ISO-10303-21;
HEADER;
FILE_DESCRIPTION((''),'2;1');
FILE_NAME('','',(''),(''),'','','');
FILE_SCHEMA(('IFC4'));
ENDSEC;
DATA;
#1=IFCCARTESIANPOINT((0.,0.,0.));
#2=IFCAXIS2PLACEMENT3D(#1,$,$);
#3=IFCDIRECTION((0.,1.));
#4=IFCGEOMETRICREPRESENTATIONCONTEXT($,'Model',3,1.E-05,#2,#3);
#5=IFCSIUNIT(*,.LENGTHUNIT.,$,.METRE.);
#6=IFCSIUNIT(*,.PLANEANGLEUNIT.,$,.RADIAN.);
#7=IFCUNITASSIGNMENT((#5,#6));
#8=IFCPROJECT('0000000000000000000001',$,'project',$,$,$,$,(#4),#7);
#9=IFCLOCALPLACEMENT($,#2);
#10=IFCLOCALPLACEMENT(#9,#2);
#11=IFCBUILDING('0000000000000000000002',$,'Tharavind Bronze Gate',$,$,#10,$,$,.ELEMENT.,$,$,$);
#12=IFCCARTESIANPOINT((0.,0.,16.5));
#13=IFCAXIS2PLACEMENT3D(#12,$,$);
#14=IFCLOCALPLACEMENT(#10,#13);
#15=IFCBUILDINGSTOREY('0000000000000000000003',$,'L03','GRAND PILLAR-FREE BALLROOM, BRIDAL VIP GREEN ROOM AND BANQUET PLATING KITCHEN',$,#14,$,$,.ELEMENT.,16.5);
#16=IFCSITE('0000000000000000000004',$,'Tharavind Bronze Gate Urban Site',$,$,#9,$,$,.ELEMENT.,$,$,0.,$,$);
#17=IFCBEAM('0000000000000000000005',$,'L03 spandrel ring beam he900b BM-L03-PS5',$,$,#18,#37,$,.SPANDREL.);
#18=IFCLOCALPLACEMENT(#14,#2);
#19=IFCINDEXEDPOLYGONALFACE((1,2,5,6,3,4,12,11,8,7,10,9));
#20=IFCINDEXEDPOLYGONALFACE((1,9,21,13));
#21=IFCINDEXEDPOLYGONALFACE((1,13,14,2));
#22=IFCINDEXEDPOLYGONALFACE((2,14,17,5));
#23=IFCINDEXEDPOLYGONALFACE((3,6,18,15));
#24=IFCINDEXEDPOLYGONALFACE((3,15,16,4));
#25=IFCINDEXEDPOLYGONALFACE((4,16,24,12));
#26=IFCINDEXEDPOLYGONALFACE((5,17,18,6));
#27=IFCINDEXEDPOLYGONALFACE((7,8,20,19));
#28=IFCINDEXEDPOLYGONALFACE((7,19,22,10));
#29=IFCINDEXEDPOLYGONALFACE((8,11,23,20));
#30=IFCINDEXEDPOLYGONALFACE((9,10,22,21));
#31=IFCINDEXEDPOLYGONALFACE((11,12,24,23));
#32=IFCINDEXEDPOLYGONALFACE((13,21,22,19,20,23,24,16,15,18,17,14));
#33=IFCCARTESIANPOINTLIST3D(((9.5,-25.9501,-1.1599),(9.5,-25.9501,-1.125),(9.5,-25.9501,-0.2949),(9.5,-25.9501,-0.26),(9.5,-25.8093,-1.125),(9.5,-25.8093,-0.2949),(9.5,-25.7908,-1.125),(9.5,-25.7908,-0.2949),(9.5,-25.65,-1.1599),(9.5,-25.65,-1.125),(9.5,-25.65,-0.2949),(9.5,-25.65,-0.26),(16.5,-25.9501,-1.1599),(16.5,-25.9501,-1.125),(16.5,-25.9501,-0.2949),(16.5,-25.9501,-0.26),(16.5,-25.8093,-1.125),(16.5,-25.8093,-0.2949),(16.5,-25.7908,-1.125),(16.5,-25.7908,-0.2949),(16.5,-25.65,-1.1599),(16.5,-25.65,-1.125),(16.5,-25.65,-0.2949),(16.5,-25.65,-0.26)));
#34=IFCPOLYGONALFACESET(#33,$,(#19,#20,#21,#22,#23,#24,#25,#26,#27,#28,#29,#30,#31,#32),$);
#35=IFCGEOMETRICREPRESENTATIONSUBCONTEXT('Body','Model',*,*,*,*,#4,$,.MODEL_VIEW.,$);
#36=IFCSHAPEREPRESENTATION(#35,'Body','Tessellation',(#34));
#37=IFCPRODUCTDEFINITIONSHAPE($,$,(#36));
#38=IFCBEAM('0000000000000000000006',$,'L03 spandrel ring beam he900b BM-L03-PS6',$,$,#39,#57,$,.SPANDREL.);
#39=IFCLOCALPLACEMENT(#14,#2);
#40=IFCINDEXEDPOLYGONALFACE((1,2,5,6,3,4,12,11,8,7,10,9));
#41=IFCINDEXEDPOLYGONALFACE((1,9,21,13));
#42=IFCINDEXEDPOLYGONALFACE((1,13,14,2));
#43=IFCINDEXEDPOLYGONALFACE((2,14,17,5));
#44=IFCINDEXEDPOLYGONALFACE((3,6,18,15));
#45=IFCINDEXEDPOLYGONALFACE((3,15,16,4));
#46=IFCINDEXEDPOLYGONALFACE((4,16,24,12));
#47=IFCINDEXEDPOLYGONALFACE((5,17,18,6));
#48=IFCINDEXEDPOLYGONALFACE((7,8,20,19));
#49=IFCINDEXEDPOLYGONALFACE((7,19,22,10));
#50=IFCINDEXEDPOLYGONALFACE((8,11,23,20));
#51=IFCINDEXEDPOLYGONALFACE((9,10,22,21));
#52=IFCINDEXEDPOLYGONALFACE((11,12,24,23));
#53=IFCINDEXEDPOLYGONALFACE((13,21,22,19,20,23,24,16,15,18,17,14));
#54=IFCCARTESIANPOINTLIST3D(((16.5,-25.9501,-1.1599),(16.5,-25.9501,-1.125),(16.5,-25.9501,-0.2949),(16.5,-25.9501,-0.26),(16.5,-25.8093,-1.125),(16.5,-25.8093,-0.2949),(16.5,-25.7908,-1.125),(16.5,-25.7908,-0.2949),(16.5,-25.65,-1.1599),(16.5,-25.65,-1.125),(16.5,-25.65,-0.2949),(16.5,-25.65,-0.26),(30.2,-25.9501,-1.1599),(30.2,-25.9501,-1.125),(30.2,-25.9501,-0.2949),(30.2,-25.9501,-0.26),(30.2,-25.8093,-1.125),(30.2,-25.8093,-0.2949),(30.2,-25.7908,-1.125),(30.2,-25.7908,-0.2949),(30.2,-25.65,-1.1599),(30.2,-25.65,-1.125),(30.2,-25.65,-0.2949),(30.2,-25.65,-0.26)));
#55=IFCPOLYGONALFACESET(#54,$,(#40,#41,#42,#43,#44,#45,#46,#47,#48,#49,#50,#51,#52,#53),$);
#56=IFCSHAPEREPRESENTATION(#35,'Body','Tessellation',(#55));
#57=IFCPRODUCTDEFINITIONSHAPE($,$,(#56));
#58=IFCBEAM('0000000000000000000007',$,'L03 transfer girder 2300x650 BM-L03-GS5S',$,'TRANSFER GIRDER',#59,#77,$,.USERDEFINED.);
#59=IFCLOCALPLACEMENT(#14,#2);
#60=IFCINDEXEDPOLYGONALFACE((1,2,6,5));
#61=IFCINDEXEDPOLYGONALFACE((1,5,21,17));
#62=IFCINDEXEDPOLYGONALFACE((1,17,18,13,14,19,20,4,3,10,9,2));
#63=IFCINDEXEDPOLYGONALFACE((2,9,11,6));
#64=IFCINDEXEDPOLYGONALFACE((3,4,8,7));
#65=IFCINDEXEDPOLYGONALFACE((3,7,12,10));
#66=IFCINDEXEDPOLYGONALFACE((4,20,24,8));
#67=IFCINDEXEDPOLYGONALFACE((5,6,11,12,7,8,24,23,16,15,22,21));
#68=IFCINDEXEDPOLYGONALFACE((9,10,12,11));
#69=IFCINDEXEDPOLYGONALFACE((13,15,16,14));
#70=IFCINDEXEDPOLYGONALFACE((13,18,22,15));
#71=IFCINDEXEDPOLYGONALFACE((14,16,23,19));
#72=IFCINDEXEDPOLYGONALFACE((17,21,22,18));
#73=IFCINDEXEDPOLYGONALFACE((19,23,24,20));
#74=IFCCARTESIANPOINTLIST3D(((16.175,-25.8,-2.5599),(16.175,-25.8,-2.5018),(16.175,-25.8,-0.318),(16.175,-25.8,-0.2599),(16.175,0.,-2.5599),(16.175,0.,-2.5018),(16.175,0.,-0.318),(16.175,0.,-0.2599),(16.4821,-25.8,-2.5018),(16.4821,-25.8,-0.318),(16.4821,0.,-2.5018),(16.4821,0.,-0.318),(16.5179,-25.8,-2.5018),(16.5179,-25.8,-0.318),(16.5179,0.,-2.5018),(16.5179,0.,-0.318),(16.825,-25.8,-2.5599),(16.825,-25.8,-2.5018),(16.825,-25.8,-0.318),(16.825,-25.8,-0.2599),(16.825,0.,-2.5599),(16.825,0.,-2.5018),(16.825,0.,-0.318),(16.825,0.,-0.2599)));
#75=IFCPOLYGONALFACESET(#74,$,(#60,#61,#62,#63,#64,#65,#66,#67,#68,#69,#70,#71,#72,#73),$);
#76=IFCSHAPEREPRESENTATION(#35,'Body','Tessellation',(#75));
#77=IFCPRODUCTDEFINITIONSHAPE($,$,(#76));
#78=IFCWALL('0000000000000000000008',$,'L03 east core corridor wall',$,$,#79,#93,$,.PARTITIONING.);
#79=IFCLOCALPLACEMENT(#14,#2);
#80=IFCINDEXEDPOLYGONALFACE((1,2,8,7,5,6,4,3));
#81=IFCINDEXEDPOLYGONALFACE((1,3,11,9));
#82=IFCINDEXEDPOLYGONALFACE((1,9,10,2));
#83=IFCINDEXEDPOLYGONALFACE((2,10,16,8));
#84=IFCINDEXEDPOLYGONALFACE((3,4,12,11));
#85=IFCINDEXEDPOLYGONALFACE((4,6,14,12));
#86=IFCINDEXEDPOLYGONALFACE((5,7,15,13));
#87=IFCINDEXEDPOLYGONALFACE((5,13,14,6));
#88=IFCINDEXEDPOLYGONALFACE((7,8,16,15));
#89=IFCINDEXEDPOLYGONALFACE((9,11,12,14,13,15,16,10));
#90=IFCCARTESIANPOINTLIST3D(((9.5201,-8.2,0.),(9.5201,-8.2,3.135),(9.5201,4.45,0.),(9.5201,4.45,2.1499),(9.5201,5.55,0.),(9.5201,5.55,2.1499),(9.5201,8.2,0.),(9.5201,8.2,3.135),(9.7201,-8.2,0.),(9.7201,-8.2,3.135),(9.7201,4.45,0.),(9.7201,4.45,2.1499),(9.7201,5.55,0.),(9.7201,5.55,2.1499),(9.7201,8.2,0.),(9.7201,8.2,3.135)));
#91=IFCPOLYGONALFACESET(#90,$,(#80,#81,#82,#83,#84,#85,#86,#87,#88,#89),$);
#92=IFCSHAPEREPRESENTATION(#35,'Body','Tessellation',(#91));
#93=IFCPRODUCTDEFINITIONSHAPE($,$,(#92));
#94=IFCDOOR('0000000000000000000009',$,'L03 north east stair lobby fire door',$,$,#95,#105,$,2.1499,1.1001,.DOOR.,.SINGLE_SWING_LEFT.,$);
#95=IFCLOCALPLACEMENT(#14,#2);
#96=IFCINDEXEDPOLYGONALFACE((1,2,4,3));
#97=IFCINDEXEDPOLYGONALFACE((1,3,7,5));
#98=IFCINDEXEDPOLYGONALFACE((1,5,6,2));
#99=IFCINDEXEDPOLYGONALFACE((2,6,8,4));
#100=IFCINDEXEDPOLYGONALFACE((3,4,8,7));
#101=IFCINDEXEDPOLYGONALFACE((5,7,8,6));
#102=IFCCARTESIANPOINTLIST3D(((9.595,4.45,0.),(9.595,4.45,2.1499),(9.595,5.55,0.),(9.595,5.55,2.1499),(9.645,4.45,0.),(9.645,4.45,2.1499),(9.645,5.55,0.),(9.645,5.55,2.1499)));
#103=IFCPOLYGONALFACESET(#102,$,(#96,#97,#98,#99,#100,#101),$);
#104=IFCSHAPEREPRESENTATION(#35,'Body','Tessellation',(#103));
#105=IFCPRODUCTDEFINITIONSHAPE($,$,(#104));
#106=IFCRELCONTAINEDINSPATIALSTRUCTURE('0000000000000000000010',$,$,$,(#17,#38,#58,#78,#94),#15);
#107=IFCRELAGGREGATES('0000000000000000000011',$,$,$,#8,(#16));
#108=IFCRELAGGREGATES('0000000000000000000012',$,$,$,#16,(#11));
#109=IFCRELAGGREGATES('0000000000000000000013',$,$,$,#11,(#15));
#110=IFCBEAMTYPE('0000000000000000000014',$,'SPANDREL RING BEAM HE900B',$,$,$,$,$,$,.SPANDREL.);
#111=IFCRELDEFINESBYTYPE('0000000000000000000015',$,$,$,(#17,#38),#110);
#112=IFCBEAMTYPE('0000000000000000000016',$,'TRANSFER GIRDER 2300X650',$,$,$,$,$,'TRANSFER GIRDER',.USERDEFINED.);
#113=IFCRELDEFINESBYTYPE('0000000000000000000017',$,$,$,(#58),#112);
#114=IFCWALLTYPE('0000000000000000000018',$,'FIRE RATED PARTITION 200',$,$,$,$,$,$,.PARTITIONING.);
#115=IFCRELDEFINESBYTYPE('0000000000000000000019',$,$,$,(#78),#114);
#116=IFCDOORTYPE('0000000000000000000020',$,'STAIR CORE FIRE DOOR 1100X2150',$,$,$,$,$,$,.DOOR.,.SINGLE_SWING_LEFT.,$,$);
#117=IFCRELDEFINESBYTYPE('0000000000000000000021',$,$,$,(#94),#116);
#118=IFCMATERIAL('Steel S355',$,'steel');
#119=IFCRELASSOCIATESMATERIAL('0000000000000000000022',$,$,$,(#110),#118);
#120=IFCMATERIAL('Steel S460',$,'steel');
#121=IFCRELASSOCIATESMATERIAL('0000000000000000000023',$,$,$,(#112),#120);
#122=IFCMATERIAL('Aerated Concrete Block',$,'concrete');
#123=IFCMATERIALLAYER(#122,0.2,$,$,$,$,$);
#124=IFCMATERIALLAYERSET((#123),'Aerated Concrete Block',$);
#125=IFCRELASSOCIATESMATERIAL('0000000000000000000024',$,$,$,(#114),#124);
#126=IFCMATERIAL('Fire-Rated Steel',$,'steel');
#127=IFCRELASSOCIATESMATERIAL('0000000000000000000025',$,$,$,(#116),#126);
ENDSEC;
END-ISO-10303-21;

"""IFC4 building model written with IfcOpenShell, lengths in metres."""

from ifc_helpers import new_model, si_unit, direction, frame, frame_2d, origin, origin_2d, place, context, subcontext, project, spatial, rectangle, i_section, extrude, material, layer, layer_set, material_profile, profile_set, type_object, element, fill, save


model = new_model("IFC4")

# Units and contexts
model_context = context("Model", 3, precision=1e-05, world=origin(), true_north=direction((0.0, 1.0)))
body_context = subcontext(model_context, "Body", "Model", "MODEL_VIEW")
ifc_project = project(units=[si_unit("LENGTHUNIT", "METRE"), si_unit("PLANEANGLEUNIT", "RADIAN")], contexts=[model_context])

# Site, building, storey
site_placement = place(None, origin())
site = spatial("IfcSite", under=ifc_project, at=site_placement, Name="Tharavind Bronze Gate Urban Site", CompositionType="ELEMENT", RefElevation=0.0)
building_placement = place(site_placement, origin())
building = spatial("IfcBuilding", under=site, at=building_placement, Name="Tharavind Bronze Gate", CompositionType="ELEMENT")
storey_placement = place(building_placement, frame((0.0, 0.0, 16.5)))
storey = spatial("IfcBuildingStorey", under=building, at=storey_placement, Name="L03", Description="GRAND PILLAR-FREE BALLROOM, BRIDAL VIP GREEN ROOM AND BANQUET PLATING KITCHEN", CompositionType="ELEMENT", Elevation=16.5)

# Shared definitions
ifc_material_1 = material(Name="Steel S460", Category="steel")

# Beams
ifc_material_2 = material(Name="Steel S355", Category="steel")
ifc_material_profile_1 = material_profile(ifc_material_2, i_section(OverallWidth=0.3, OverallDepth=0.8999, WebThickness=0.0186, FlangeThickness=0.0349, at=origin_2d()), Name="HE900B")
ifc_profile_set_1 = profile_set([ifc_material_profile_1], Name="Steel S355")
beam_type_1 = type_object("IfcBeamType", Name="SPANDREL RING BEAM HE900B", PredefinedType="SPANDREL", material=ifc_profile_set_1)
beam_1_placement = place(storey_placement, frame((9.5, -25.8, -0.71), z_axis=(1.0, 0.0, 0.0), x_axis=(0.0, 1.0, 0.0)))
element("IfcBeam", 1, at=beam_1_placement, inside=storey, type_object=beam_type_1, Name="L03 spandrel ring beam he900b BM-L03-PS5", PredefinedType="SPANDREL", context=body_context, shape_type="SweptSolid", body=[
    extrude(i_section(OverallWidth=0.3, OverallDepth=0.8999, WebThickness=0.0186, FlangeThickness=0.0349, at=origin_2d()), origin(), (0.0, 0.0, 1.0), 7.0),
])
beam_2_placement = place(storey_placement, frame((16.5, -25.8, -0.71), z_axis=(1.0, 0.0, 0.0), x_axis=(0.0, 1.0, 0.0)))
element("IfcBeam", 2, at=beam_2_placement, inside=storey, type_object=beam_type_1, Name="L03 spandrel ring beam he900b BM-L03-PS6", PredefinedType="SPANDREL", context=body_context, shape_type="SweptSolid", body=[
    extrude(i_section(OverallWidth=0.3, OverallDepth=0.8999, WebThickness=0.0186, FlangeThickness=0.0349, at=origin_2d()), origin(), (0.0, 0.0, 1.0), 13.7),
])
ifc_material_profile_2 = material_profile(ifc_material_1, i_section(OverallWidth=0.6499, OverallDepth=2.3, WebThickness=0.0359, FlangeThickness=0.0581, at=origin_2d()), Name="PG2300X650")
ifc_profile_set_2 = profile_set([ifc_material_profile_2], Name="Steel S460")
beam_type_2 = type_object("IfcBeamType", Name="TRANSFER GIRDER 2300X650", ElementType="TRANSFER GIRDER", PredefinedType="USERDEFINED", material=ifc_profile_set_2)
beam_3_placement = place(storey_placement, frame((16.5, -25.8, -1.4099), z_axis=(0.0, 1.0, 0.0), x_axis=(-1.0, 0.0, 0.0)))
element("IfcBeam", 3, at=beam_3_placement, inside=storey, type_object=beam_type_2, Name="L03 transfer girder 2300x650 BM-L03-GS5S", ObjectType="TRANSFER GIRDER", PredefinedType="USERDEFINED", context=body_context, shape_type="SweptSolid", body=[
    extrude(i_section(OverallWidth=0.6499, OverallDepth=2.3, WebThickness=0.0359, FlangeThickness=0.0581, at=origin_2d()), origin(), (0.0, 0.0, 1.0), 25.8),
])

# Wall, opening, door
ifc_material_3 = material(Name="Aerated Concrete Block", Category="concrete")
ifc_layer = layer(ifc_material_3, 0.2)
ifc_layer_set = layer_set([ifc_layer], Name="Aerated Concrete Block")
wall_type = type_object("IfcWallType", Name="FIRE RATED PARTITION 200", PredefinedType="PARTITIONING", material=ifc_layer_set)
wall_placement = place(storey_placement, frame((9.6201, -8.2, 0.0), z_axis=(0.0, 0.0, 1.0), x_axis=(0.0, 1.0, 0.0)))
wall = element("IfcWall", 4, at=wall_placement, inside=storey, type_object=wall_type, Name="L03 east core corridor wall", PredefinedType="PARTITIONING", context=body_context, shape_type="SweptSolid", body=[
    extrude(rectangle(XDim=16.3999, YDim=0.2, at=frame_2d((8.2, 0.0))), origin(), (0.0, 0.0, 1.0), 3.135),
])
opening_placement = place(wall_placement, frame((12.6499, 0.0, 0.0)))
opening = element("IfcOpeningElement", 5, at=opening_placement, cuts=wall, PredefinedType="OPENING", context=body_context, shape_type="SweptSolid", body=[
    extrude(rectangle(XDim=1.1001, YDim=2.1499, at=frame_2d((0.55, 1.075))), frame((0.0, 0.1101, 0.0), z_axis=(0.0, -1.0, 0.0), x_axis=(1.0, 0.0, 0.0)), (0.0, 0.0, 1.0), 0.22),
])
ifc_material_4 = material(Name="Fire-Rated Steel", Category="steel")
door_type = type_object("IfcDoorType", Name="STAIR CORE FIRE DOOR 1100X2150", OperationType="SINGLE_SWING_LEFT", PredefinedType="DOOR", material=ifc_material_4)
door_placement = place(opening_placement, frame((1.1001, 0.0, 0.0), z_axis=(0.0, 0.0, 1.0), x_axis=(-1.0, 0.0, 0.0)))
door = element("IfcDoor", 6, at=door_placement, inside=storey, type_object=door_type, Name="L03 north east stair lobby fire door", OperationType="SINGLE_SWING_LEFT", OverallHeight=2.1499, OverallWidth=1.1001, PredefinedType="DOOR", context=body_context, shape_type="SweptSolid", body=[
    extrude(rectangle(XDim=1.1001, YDim=2.1499, at=frame_2d((0.55, 1.075))), frame((0.0, 0.0249, 0.0), z_axis=(0.0, -1.0, 0.0), x_axis=(1.0, 0.0, 0.0)), (0.0, 0.0, 1.0), 0.05),
])
fill(opening, door)

save(model, "model.ifc")
